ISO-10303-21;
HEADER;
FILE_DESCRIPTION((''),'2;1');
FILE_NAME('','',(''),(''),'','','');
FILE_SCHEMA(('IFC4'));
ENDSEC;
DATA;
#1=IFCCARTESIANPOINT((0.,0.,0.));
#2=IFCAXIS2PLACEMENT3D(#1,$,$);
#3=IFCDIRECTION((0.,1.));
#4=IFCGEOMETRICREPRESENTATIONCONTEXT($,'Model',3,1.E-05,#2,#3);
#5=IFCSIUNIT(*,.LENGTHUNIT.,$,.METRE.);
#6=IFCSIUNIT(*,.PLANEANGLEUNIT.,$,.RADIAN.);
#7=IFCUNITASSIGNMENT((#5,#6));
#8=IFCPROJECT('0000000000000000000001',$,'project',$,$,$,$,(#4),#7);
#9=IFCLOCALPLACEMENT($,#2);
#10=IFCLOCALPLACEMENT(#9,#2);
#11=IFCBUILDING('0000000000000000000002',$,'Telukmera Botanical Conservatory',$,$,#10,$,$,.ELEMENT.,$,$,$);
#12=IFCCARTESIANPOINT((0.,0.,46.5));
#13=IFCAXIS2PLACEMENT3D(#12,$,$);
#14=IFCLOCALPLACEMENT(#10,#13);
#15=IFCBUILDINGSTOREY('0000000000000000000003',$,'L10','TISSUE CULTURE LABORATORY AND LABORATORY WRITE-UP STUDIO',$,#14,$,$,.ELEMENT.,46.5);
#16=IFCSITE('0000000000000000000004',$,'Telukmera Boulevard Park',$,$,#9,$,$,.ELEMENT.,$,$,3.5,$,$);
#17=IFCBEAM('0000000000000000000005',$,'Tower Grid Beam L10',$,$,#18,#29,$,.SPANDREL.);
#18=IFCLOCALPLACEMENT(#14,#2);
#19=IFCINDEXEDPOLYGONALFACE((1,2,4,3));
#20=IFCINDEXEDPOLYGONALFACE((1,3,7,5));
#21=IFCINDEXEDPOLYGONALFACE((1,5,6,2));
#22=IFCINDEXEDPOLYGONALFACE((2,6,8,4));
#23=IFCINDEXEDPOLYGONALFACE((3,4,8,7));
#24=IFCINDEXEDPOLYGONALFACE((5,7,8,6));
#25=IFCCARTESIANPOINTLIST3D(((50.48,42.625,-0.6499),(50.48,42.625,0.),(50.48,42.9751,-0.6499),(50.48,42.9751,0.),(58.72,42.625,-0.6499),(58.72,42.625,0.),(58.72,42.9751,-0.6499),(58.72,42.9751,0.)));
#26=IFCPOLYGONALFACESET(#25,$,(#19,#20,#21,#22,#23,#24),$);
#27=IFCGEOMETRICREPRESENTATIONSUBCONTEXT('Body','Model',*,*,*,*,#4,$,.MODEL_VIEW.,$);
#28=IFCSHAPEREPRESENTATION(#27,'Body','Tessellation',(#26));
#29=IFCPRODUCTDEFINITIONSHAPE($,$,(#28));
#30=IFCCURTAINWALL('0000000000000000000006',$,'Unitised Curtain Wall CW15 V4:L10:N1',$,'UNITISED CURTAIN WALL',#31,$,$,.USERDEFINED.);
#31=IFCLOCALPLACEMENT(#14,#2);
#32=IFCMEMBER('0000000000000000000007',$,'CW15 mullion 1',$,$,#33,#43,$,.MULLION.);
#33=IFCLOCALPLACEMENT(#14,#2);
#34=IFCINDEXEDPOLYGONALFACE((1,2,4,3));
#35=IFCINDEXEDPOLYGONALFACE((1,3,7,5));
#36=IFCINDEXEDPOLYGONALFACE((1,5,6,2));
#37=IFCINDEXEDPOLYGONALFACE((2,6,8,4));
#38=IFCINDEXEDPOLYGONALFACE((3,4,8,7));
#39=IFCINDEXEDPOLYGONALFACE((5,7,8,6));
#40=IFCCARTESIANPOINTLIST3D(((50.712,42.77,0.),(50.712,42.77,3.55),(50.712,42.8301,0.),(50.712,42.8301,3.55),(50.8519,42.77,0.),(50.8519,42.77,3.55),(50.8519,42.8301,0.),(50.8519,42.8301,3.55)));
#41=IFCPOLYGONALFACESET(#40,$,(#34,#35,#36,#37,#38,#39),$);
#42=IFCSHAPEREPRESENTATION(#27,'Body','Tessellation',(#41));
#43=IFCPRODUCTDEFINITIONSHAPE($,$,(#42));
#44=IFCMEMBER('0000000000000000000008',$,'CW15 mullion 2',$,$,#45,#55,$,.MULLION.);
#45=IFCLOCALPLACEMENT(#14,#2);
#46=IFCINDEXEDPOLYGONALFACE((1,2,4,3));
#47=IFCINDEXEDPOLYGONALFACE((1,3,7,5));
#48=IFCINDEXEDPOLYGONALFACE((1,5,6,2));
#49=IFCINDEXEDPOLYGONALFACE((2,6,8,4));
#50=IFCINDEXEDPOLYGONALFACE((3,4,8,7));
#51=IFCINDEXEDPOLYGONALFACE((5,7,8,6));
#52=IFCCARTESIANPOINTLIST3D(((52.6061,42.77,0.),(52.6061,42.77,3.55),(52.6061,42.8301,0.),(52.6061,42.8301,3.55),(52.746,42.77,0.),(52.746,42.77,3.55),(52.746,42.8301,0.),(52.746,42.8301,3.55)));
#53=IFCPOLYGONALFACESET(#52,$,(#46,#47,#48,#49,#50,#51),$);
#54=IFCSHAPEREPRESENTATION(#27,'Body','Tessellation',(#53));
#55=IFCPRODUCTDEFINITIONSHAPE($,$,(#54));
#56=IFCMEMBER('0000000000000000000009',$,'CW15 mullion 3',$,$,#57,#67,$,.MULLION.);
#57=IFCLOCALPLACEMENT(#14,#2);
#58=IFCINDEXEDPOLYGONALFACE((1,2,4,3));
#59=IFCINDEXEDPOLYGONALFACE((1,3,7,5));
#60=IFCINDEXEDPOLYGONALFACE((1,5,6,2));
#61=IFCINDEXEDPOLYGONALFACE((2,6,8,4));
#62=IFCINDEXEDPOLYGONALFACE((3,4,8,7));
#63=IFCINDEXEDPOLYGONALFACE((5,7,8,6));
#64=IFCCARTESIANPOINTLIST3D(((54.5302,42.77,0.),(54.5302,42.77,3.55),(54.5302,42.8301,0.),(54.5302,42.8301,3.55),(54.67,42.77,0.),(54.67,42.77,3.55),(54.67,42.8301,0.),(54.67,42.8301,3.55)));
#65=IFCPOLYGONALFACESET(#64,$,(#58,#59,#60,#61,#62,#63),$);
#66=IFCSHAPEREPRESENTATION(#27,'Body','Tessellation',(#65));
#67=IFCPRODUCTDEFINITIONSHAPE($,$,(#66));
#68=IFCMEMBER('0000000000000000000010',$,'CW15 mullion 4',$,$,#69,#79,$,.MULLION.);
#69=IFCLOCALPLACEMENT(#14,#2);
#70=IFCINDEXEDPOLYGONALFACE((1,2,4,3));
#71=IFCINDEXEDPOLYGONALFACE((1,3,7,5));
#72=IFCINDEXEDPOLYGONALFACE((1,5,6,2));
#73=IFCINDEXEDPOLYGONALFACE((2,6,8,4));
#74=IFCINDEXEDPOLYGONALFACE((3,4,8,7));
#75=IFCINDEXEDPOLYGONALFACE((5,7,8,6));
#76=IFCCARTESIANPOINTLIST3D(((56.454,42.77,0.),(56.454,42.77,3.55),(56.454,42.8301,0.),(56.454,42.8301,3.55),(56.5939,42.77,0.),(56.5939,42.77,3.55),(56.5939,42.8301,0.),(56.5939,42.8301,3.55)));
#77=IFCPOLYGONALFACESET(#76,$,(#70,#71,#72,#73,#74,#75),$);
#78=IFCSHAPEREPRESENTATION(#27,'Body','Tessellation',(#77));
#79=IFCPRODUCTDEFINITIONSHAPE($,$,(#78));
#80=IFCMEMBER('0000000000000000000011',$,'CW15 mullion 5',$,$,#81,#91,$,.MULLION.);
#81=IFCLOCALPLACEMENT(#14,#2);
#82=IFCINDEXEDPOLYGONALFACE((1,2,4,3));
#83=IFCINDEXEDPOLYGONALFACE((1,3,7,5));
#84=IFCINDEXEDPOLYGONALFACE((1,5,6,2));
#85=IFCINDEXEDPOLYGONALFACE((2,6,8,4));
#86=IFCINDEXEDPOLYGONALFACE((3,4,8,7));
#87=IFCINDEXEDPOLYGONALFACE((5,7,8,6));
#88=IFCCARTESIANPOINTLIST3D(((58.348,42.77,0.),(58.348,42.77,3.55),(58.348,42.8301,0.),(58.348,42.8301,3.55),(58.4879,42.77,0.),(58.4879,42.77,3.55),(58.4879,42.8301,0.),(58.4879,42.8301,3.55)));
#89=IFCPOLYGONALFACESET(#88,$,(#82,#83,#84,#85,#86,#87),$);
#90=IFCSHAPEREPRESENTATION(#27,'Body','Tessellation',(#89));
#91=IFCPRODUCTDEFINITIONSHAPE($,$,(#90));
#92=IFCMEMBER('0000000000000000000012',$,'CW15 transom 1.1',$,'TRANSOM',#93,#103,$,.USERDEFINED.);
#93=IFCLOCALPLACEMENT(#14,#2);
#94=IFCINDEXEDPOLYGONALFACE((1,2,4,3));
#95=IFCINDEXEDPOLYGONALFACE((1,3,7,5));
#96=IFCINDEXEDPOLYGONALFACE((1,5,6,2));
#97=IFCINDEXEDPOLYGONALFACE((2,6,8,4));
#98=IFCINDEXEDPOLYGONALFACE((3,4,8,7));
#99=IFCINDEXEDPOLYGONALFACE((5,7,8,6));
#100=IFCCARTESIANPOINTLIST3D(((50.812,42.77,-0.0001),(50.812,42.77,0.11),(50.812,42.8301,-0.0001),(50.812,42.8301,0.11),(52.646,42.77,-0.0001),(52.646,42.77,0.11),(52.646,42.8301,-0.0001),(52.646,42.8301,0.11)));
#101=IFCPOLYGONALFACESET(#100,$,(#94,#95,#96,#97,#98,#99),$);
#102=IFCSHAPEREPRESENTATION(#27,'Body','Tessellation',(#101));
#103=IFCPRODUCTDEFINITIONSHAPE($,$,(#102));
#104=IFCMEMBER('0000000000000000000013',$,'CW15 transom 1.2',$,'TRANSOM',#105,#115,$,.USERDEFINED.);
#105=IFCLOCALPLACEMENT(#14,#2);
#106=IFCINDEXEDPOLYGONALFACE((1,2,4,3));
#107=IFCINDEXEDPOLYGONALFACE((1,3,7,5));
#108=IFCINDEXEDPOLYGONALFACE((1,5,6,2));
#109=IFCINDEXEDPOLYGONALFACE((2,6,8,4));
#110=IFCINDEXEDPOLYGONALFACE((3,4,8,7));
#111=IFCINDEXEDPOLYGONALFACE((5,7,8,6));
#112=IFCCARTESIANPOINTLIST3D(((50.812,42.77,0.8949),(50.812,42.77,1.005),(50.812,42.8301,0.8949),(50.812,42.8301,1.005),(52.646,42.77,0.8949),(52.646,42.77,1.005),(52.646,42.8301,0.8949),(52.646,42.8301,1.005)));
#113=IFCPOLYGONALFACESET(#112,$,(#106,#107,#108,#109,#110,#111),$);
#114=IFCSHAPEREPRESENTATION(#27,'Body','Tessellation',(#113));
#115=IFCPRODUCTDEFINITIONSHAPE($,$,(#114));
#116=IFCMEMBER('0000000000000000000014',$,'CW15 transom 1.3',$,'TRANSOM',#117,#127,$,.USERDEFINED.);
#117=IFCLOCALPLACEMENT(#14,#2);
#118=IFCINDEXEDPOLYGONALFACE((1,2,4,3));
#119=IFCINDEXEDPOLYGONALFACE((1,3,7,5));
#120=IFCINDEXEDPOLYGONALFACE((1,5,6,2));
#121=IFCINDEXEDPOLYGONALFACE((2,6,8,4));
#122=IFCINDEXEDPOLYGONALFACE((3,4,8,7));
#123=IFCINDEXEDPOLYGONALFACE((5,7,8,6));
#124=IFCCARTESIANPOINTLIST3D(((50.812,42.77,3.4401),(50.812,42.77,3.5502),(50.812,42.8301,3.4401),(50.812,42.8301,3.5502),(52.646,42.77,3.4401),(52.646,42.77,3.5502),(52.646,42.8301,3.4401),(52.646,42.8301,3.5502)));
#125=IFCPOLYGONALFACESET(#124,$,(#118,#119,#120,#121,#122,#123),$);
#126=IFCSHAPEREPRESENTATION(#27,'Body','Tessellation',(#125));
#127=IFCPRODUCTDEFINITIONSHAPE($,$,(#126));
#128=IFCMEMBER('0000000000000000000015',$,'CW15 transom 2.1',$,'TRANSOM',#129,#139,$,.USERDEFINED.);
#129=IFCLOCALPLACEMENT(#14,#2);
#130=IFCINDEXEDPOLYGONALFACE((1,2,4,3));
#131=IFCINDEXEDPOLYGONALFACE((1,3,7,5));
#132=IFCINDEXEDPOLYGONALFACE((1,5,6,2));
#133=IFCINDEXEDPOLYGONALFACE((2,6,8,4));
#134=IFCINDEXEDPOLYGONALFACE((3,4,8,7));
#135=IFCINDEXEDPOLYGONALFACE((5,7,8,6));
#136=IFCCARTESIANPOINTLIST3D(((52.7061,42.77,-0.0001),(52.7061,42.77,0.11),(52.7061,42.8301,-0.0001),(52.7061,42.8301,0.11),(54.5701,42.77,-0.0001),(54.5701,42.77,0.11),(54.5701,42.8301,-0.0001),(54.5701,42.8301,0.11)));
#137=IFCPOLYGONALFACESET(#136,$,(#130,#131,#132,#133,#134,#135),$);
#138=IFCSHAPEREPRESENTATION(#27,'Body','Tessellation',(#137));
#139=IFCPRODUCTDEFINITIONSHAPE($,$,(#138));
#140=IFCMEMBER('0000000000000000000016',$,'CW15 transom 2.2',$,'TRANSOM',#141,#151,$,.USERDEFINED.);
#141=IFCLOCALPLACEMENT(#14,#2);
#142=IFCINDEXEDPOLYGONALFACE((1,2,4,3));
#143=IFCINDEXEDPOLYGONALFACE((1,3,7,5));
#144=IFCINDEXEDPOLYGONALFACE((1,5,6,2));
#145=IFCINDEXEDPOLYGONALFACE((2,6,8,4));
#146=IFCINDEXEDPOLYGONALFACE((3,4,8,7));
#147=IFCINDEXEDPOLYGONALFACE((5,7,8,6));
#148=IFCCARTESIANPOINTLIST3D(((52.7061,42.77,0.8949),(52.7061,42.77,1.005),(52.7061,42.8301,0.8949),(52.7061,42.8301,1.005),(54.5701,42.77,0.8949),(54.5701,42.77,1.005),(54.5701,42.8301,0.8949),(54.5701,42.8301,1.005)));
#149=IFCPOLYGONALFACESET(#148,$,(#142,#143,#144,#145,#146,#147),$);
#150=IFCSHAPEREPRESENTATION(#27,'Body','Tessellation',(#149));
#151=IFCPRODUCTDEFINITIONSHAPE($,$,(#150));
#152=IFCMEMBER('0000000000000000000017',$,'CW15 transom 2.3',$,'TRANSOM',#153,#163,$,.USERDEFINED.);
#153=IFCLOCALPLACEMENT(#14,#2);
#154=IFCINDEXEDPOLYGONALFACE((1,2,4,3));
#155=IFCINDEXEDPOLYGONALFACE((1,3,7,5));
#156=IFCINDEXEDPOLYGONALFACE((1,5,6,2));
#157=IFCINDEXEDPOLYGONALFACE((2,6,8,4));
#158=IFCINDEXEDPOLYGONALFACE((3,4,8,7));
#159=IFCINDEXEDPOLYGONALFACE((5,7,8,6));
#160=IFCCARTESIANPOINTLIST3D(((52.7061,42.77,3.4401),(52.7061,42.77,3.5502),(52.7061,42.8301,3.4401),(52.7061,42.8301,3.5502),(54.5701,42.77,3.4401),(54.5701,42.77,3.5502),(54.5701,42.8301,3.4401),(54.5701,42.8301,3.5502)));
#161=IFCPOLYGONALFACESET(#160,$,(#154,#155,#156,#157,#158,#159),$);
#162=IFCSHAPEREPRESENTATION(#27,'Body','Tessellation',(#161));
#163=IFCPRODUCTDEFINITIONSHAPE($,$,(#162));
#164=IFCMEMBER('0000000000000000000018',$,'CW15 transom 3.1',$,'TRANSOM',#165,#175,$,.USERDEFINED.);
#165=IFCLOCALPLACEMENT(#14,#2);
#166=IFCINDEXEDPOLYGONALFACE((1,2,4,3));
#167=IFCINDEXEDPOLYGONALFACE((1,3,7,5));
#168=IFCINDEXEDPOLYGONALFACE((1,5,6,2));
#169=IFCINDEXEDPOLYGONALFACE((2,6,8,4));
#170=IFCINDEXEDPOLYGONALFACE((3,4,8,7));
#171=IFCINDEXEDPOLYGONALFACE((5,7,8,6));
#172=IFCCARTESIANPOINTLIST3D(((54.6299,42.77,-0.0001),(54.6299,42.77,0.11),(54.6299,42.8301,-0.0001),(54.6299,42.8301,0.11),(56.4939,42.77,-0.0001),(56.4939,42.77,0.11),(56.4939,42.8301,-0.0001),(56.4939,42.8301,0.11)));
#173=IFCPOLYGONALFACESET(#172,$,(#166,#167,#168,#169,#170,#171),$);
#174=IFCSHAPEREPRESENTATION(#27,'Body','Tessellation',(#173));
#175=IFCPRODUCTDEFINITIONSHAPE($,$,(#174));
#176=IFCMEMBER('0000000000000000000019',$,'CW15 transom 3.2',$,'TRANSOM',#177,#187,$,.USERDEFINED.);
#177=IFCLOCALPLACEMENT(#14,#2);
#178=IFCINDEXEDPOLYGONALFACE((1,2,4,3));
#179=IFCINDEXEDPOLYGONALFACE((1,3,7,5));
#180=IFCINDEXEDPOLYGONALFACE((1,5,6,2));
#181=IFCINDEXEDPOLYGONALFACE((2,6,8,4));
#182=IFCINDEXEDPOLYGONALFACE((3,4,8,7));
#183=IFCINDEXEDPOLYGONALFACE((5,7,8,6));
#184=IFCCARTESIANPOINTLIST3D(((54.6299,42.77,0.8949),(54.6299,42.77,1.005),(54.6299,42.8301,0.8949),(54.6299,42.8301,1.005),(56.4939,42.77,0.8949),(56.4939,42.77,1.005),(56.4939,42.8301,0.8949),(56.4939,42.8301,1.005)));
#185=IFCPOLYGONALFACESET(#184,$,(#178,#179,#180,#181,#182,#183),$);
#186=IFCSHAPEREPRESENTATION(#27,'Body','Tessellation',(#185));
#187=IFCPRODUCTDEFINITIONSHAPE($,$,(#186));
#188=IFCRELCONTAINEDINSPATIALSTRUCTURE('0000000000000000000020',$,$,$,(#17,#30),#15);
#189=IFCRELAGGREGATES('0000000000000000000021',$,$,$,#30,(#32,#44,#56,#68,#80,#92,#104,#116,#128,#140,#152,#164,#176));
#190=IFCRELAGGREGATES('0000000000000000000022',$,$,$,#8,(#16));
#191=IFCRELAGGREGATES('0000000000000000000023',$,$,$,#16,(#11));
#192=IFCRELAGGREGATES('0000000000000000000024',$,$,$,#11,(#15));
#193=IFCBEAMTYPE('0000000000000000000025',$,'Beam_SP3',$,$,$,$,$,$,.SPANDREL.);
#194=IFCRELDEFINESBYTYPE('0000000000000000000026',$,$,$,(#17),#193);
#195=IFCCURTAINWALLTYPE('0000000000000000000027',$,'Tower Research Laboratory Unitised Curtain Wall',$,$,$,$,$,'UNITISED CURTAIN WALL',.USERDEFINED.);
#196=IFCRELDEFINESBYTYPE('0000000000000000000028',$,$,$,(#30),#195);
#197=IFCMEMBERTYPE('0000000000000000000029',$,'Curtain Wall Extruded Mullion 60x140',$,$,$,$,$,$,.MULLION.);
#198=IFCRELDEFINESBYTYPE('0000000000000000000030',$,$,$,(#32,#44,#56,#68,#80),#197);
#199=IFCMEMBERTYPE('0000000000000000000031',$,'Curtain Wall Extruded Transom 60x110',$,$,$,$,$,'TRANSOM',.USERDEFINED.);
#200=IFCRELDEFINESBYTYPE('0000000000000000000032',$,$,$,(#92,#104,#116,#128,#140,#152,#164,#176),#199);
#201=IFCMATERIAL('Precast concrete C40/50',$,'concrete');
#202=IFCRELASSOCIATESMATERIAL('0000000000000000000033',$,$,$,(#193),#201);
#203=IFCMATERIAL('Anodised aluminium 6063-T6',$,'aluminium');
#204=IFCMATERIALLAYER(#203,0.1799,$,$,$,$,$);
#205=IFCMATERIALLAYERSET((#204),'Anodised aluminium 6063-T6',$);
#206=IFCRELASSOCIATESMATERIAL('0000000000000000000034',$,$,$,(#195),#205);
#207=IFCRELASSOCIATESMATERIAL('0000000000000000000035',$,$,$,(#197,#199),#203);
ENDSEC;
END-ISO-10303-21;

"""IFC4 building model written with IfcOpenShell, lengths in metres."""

from ifc_helpers import new_model, si_unit, direction, frame, origin, origin_2d, place, context, subcontext, project, spatial, rectangle, extrude, material, layer, layer_set, material_profile, profile_set, type_object, element, aggregate, save


model = new_model("IFC4")

# Units and contexts
model_context = context("Model", 3, precision=1e-05, world=origin(), true_north=direction((0.0, 1.0)))
body_context = subcontext(model_context, "Body", "Model", "MODEL_VIEW")
ifc_project = project(units=[si_unit("LENGTHUNIT", "METRE"), si_unit("PLANEANGLEUNIT", "RADIAN")], contexts=[model_context])

# Site, building, storey
site_placement = place(None, origin())
site = spatial("IfcSite", under=ifc_project, at=site_placement, Name="Telukmera Boulevard Park", CompositionType="ELEMENT", RefElevation=3.5)
building_placement = place(site_placement, origin())
building = spatial("IfcBuilding", under=site, at=building_placement, Name="Telukmera Botanical Conservatory", CompositionType="ELEMENT")
storey_placement = place(building_placement, frame((0.0, 0.0, 46.5)))
storey = spatial("IfcBuildingStorey", under=building, at=storey_placement, Name="L10", Description="TISSUE CULTURE LABORATORY AND LABORATORY WRITE-UP STUDIO", CompositionType="ELEMENT", Elevation=46.5)

# Beam
ifc_material_1 = material(Name="Precast concrete C40/50", Category="concrete")
ifc_material_profile_1 = material_profile(ifc_material_1, rectangle(XDim=0.3501, YDim=0.6499, at=origin_2d()), Name="PC 350x650")
ifc_profile_set_1 = profile_set([ifc_material_profile_1], Name="Precast concrete C40/50")
beam_type = type_object("IfcBeamType", Name="Beam_SP3", PredefinedType="SPANDREL", material=ifc_profile_set_1)
beam_placement = place(storey_placement, frame((50.48, 42.8, -0.325), z_axis=(1.0, 0.0, 0.0), x_axis=(0.0, 1.0, 0.0)))
element("IfcBeam", 1, at=beam_placement, inside=storey, type_object=beam_type, Name="Tower Grid Beam L10", PredefinedType="SPANDREL", context=body_context, shape_type="SweptSolid", body=[
    extrude(rectangle(XDim=0.3501, YDim=0.6499, at=origin_2d()), origin(), (0.0, 0.0, 1.0), 8.24),
])

# Curtain wall, members
ifc_material_2 = material(Name="Anodised aluminium 6063-T6", Category="aluminium")
ifc_layer_1 = layer(ifc_material_2, 0.1799)
ifc_layer_set_1 = layer_set([ifc_layer_1], Name="Anodised aluminium 6063-T6")
curtain_wall_type = type_object("IfcCurtainWallType", Name="Tower Research Laboratory Unitised Curtain Wall", ElementType="UNITISED CURTAIN WALL", PredefinedType="USERDEFINED", material=ifc_layer_set_1)
curtain_wall_1_placement = place(storey_placement, origin())
curtain_wall_1 = element("IfcCurtainWall", 2, at=curtain_wall_1_placement, inside=storey, type_object=curtain_wall_type, Name="Unitised Curtain Wall CW15 V4:L10:N1", ObjectType="UNITISED CURTAIN WALL", PredefinedType="USERDEFINED")
ifc_material_profile_2 = material_profile(ifc_material_2, rectangle(XDim=0.0601, YDim=0.1399, at=origin_2d()), Name="ALU MULL 60x140")
ifc_profile_set_2 = profile_set([ifc_material_profile_2], Name="Anodised aluminium 6063-T6")
member_type_1 = type_object("IfcMemberType", Name="Curtain Wall Extruded Mullion 60x140", PredefinedType="MULLION", material=ifc_profile_set_2)
member_1_placement = place(storey_placement, frame((50.782, 42.8, 0.0), z_axis=(0.0, 0.0, 1.0), x_axis=(0.0, 1.0, 0.0)))
member_1 = element("IfcMember", 3, at=member_1_placement, type_object=member_type_1, Name="CW15 mullion 1", PredefinedType="MULLION", context=body_context, shape_type="SweptSolid", body=[
    extrude(rectangle(XDim=0.0601, YDim=0.1399, at=origin_2d()), origin(), (0.0, 0.0, 1.0), 3.55),
])
member_2_placement = place(storey_placement, frame((52.676, 42.8, 0.0), z_axis=(0.0, 0.0, 1.0), x_axis=(0.0, 1.0, 0.0)))
member_2 = element("IfcMember", 4, at=member_2_placement, type_object=member_type_1, Name="CW15 mullion 2", PredefinedType="MULLION", context=body_context, shape_type="SweptSolid", body=[
    extrude(rectangle(XDim=0.0601, YDim=0.1399, at=origin_2d()), origin(), (0.0, 0.0, 1.0), 3.55),
])
member_3_placement = place(storey_placement, frame((54.6001, 42.8, 0.0), z_axis=(0.0, 0.0, 1.0), x_axis=(0.0, 1.0, 0.0)))
member_3 = element("IfcMember", 5, at=member_3_placement, type_object=member_type_1, Name="CW15 mullion 3", PredefinedType="MULLION", context=body_context, shape_type="SweptSolid", body=[
    extrude(rectangle(XDim=0.0601, YDim=0.1399, at=origin_2d()), origin(), (0.0, 0.0, 1.0), 3.55),
])
member_4_placement = place(storey_placement, frame((56.5239, 42.8, 0.0), z_axis=(0.0, 0.0, 1.0), x_axis=(0.0, 1.0, 0.0)))
member_4 = element("IfcMember", 6, at=member_4_placement, type_object=member_type_1, Name="CW15 mullion 4", PredefinedType="MULLION", context=body_context, shape_type="SweptSolid", body=[
    extrude(rectangle(XDim=0.0601, YDim=0.1399, at=origin_2d()), origin(), (0.0, 0.0, 1.0), 3.55),
])
member_5_placement = place(storey_placement, frame((58.418, 42.8, 0.0), z_axis=(0.0, 0.0, 1.0), x_axis=(0.0, 1.0, 0.0)))
member_5 = element("IfcMember", 7, at=member_5_placement, type_object=member_type_1, Name="CW15 mullion 5", PredefinedType="MULLION", context=body_context, shape_type="SweptSolid", body=[
    extrude(rectangle(XDim=0.0601, YDim=0.1399, at=origin_2d()), origin(), (0.0, 0.0, 1.0), 3.55),
])
ifc_material_profile_3 = material_profile(ifc_material_2, rectangle(XDim=0.0601, YDim=0.1101, at=origin_2d()), Name="ALU TRAN 60x110")
ifc_profile_set_3 = profile_set([ifc_material_profile_3], Name="Anodised aluminium 6063-T6")
member_type_2 = type_object("IfcMemberType", Name="Curtain Wall Extruded Transom 60x110", ElementType="TRANSOM", PredefinedType="USERDEFINED", material=ifc_profile_set_3)
member_6_placement = place(storey_placement, frame((50.812, 42.8, 0.0549), z_axis=(1.0, 0.0, 0.0), x_axis=(0.0, 1.0, 0.0)))
member_6 = element("IfcMember", 8, at=member_6_placement, type_object=member_type_2, Name="CW15 transom 1.1", ObjectType="TRANSOM", PredefinedType="USERDEFINED", context=body_context, shape_type="SweptSolid", body=[
    extrude(rectangle(XDim=0.0601, YDim=0.1101, at=origin_2d()), origin(), (0.0, 0.0, 1.0), 1.834),
])
member_7_placement = place(storey_placement, frame((50.812, 42.8, 0.95), z_axis=(1.0, 0.0, 0.0), x_axis=(0.0, 1.0, 0.0)))
member_7 = element("IfcMember", 9, at=member_7_placement, type_object=member_type_2, Name="CW15 transom 1.2", ObjectType="TRANSOM", PredefinedType="USERDEFINED", context=body_context, shape_type="SweptSolid", body=[
    extrude(rectangle(XDim=0.0601, YDim=0.1101, at=origin_2d()), origin(), (0.0, 0.0, 1.0), 1.834),
])
member_8_placement = place(storey_placement, frame((50.812, 42.8, 3.4951), z_axis=(1.0, 0.0, 0.0), x_axis=(0.0, 1.0, 0.0)))
member_8 = element("IfcMember", 10, at=member_8_placement, type_object=member_type_2, Name="CW15 transom 1.3", ObjectType="TRANSOM", PredefinedType="USERDEFINED", context=body_context, shape_type="SweptSolid", body=[
    extrude(rectangle(XDim=0.0601, YDim=0.1101, at=origin_2d()), origin(), (0.0, 0.0, 1.0), 1.834),
])
member_9_placement = place(storey_placement, frame((52.7061, 42.8, 0.0549), z_axis=(1.0, 0.0, 0.0), x_axis=(0.0, 1.0, 0.0)))
member_9 = element("IfcMember", 11, at=member_9_placement, type_object=member_type_2, Name="CW15 transom 2.1", ObjectType="TRANSOM", PredefinedType="USERDEFINED", context=body_context, shape_type="SweptSolid", body=[
    extrude(rectangle(XDim=0.0601, YDim=0.1101, at=origin_2d()), origin(), (0.0, 0.0, 1.0), 1.864),
])
member_10_placement = place(storey_placement, frame((52.7061, 42.8, 0.95), z_axis=(1.0, 0.0, 0.0), x_axis=(0.0, 1.0, 0.0)))
member_10 = element("IfcMember", 12, at=member_10_placement, type_object=member_type_2, Name="CW15 transom 2.2", ObjectType="TRANSOM", PredefinedType="USERDEFINED", context=body_context, shape_type="SweptSolid", body=[
    extrude(rectangle(XDim=0.0601, YDim=0.1101, at=origin_2d()), origin(), (0.0, 0.0, 1.0), 1.864),
])
member_11_placement = place(storey_placement, frame((52.7061, 42.8, 3.4951), z_axis=(1.0, 0.0, 0.0), x_axis=(0.0, 1.0, 0.0)))
member_11 = element("IfcMember", 13, at=member_11_placement, type_object=member_type_2, Name="CW15 transom 2.3", ObjectType="TRANSOM", PredefinedType="USERDEFINED", context=body_context, shape_type="SweptSolid", body=[
    extrude(rectangle(XDim=0.0601, YDim=0.1101, at=origin_2d()), origin(), (0.0, 0.0, 1.0), 1.864),
])
member_12_placement = place(storey_placement, frame((54.6299, 42.8, 0.0549), z_axis=(1.0, 0.0, 0.0), x_axis=(0.0, 1.0, 0.0)))
member_12 = element("IfcMember", 14, at=member_12_placement, type_object=member_type_2, Name="CW15 transom 3.1", ObjectType="TRANSOM", PredefinedType="USERDEFINED", context=body_context, shape_type="SweptSolid", body=[
    extrude(rectangle(XDim=0.0601, YDim=0.1101, at=origin_2d()), origin(), (0.0, 0.0, 1.0), 1.864),
])
member_13_placement = place(storey_placement, frame((54.6299, 42.8, 0.95), z_axis=(1.0, 0.0, 0.0), x_axis=(0.0, 1.0, 0.0)))
member_13 = element("IfcMember", 15, at=member_13_placement, type_object=member_type_2, Name="CW15 transom 3.2", ObjectType="TRANSOM", PredefinedType="USERDEFINED", context=body_context, shape_type="SweptSolid", body=[
    extrude(rectangle(XDim=0.0601, YDim=0.1101, at=origin_2d()), origin(), (0.0, 0.0, 1.0), 1.864),
])

aggregate(curtain_wall_1, [member_1, member_2, member_3, member_4, member_5, member_6, member_7, member_8, member_9, member_10, member_11, member_12, member_13])

save(model, "model.ifc")
